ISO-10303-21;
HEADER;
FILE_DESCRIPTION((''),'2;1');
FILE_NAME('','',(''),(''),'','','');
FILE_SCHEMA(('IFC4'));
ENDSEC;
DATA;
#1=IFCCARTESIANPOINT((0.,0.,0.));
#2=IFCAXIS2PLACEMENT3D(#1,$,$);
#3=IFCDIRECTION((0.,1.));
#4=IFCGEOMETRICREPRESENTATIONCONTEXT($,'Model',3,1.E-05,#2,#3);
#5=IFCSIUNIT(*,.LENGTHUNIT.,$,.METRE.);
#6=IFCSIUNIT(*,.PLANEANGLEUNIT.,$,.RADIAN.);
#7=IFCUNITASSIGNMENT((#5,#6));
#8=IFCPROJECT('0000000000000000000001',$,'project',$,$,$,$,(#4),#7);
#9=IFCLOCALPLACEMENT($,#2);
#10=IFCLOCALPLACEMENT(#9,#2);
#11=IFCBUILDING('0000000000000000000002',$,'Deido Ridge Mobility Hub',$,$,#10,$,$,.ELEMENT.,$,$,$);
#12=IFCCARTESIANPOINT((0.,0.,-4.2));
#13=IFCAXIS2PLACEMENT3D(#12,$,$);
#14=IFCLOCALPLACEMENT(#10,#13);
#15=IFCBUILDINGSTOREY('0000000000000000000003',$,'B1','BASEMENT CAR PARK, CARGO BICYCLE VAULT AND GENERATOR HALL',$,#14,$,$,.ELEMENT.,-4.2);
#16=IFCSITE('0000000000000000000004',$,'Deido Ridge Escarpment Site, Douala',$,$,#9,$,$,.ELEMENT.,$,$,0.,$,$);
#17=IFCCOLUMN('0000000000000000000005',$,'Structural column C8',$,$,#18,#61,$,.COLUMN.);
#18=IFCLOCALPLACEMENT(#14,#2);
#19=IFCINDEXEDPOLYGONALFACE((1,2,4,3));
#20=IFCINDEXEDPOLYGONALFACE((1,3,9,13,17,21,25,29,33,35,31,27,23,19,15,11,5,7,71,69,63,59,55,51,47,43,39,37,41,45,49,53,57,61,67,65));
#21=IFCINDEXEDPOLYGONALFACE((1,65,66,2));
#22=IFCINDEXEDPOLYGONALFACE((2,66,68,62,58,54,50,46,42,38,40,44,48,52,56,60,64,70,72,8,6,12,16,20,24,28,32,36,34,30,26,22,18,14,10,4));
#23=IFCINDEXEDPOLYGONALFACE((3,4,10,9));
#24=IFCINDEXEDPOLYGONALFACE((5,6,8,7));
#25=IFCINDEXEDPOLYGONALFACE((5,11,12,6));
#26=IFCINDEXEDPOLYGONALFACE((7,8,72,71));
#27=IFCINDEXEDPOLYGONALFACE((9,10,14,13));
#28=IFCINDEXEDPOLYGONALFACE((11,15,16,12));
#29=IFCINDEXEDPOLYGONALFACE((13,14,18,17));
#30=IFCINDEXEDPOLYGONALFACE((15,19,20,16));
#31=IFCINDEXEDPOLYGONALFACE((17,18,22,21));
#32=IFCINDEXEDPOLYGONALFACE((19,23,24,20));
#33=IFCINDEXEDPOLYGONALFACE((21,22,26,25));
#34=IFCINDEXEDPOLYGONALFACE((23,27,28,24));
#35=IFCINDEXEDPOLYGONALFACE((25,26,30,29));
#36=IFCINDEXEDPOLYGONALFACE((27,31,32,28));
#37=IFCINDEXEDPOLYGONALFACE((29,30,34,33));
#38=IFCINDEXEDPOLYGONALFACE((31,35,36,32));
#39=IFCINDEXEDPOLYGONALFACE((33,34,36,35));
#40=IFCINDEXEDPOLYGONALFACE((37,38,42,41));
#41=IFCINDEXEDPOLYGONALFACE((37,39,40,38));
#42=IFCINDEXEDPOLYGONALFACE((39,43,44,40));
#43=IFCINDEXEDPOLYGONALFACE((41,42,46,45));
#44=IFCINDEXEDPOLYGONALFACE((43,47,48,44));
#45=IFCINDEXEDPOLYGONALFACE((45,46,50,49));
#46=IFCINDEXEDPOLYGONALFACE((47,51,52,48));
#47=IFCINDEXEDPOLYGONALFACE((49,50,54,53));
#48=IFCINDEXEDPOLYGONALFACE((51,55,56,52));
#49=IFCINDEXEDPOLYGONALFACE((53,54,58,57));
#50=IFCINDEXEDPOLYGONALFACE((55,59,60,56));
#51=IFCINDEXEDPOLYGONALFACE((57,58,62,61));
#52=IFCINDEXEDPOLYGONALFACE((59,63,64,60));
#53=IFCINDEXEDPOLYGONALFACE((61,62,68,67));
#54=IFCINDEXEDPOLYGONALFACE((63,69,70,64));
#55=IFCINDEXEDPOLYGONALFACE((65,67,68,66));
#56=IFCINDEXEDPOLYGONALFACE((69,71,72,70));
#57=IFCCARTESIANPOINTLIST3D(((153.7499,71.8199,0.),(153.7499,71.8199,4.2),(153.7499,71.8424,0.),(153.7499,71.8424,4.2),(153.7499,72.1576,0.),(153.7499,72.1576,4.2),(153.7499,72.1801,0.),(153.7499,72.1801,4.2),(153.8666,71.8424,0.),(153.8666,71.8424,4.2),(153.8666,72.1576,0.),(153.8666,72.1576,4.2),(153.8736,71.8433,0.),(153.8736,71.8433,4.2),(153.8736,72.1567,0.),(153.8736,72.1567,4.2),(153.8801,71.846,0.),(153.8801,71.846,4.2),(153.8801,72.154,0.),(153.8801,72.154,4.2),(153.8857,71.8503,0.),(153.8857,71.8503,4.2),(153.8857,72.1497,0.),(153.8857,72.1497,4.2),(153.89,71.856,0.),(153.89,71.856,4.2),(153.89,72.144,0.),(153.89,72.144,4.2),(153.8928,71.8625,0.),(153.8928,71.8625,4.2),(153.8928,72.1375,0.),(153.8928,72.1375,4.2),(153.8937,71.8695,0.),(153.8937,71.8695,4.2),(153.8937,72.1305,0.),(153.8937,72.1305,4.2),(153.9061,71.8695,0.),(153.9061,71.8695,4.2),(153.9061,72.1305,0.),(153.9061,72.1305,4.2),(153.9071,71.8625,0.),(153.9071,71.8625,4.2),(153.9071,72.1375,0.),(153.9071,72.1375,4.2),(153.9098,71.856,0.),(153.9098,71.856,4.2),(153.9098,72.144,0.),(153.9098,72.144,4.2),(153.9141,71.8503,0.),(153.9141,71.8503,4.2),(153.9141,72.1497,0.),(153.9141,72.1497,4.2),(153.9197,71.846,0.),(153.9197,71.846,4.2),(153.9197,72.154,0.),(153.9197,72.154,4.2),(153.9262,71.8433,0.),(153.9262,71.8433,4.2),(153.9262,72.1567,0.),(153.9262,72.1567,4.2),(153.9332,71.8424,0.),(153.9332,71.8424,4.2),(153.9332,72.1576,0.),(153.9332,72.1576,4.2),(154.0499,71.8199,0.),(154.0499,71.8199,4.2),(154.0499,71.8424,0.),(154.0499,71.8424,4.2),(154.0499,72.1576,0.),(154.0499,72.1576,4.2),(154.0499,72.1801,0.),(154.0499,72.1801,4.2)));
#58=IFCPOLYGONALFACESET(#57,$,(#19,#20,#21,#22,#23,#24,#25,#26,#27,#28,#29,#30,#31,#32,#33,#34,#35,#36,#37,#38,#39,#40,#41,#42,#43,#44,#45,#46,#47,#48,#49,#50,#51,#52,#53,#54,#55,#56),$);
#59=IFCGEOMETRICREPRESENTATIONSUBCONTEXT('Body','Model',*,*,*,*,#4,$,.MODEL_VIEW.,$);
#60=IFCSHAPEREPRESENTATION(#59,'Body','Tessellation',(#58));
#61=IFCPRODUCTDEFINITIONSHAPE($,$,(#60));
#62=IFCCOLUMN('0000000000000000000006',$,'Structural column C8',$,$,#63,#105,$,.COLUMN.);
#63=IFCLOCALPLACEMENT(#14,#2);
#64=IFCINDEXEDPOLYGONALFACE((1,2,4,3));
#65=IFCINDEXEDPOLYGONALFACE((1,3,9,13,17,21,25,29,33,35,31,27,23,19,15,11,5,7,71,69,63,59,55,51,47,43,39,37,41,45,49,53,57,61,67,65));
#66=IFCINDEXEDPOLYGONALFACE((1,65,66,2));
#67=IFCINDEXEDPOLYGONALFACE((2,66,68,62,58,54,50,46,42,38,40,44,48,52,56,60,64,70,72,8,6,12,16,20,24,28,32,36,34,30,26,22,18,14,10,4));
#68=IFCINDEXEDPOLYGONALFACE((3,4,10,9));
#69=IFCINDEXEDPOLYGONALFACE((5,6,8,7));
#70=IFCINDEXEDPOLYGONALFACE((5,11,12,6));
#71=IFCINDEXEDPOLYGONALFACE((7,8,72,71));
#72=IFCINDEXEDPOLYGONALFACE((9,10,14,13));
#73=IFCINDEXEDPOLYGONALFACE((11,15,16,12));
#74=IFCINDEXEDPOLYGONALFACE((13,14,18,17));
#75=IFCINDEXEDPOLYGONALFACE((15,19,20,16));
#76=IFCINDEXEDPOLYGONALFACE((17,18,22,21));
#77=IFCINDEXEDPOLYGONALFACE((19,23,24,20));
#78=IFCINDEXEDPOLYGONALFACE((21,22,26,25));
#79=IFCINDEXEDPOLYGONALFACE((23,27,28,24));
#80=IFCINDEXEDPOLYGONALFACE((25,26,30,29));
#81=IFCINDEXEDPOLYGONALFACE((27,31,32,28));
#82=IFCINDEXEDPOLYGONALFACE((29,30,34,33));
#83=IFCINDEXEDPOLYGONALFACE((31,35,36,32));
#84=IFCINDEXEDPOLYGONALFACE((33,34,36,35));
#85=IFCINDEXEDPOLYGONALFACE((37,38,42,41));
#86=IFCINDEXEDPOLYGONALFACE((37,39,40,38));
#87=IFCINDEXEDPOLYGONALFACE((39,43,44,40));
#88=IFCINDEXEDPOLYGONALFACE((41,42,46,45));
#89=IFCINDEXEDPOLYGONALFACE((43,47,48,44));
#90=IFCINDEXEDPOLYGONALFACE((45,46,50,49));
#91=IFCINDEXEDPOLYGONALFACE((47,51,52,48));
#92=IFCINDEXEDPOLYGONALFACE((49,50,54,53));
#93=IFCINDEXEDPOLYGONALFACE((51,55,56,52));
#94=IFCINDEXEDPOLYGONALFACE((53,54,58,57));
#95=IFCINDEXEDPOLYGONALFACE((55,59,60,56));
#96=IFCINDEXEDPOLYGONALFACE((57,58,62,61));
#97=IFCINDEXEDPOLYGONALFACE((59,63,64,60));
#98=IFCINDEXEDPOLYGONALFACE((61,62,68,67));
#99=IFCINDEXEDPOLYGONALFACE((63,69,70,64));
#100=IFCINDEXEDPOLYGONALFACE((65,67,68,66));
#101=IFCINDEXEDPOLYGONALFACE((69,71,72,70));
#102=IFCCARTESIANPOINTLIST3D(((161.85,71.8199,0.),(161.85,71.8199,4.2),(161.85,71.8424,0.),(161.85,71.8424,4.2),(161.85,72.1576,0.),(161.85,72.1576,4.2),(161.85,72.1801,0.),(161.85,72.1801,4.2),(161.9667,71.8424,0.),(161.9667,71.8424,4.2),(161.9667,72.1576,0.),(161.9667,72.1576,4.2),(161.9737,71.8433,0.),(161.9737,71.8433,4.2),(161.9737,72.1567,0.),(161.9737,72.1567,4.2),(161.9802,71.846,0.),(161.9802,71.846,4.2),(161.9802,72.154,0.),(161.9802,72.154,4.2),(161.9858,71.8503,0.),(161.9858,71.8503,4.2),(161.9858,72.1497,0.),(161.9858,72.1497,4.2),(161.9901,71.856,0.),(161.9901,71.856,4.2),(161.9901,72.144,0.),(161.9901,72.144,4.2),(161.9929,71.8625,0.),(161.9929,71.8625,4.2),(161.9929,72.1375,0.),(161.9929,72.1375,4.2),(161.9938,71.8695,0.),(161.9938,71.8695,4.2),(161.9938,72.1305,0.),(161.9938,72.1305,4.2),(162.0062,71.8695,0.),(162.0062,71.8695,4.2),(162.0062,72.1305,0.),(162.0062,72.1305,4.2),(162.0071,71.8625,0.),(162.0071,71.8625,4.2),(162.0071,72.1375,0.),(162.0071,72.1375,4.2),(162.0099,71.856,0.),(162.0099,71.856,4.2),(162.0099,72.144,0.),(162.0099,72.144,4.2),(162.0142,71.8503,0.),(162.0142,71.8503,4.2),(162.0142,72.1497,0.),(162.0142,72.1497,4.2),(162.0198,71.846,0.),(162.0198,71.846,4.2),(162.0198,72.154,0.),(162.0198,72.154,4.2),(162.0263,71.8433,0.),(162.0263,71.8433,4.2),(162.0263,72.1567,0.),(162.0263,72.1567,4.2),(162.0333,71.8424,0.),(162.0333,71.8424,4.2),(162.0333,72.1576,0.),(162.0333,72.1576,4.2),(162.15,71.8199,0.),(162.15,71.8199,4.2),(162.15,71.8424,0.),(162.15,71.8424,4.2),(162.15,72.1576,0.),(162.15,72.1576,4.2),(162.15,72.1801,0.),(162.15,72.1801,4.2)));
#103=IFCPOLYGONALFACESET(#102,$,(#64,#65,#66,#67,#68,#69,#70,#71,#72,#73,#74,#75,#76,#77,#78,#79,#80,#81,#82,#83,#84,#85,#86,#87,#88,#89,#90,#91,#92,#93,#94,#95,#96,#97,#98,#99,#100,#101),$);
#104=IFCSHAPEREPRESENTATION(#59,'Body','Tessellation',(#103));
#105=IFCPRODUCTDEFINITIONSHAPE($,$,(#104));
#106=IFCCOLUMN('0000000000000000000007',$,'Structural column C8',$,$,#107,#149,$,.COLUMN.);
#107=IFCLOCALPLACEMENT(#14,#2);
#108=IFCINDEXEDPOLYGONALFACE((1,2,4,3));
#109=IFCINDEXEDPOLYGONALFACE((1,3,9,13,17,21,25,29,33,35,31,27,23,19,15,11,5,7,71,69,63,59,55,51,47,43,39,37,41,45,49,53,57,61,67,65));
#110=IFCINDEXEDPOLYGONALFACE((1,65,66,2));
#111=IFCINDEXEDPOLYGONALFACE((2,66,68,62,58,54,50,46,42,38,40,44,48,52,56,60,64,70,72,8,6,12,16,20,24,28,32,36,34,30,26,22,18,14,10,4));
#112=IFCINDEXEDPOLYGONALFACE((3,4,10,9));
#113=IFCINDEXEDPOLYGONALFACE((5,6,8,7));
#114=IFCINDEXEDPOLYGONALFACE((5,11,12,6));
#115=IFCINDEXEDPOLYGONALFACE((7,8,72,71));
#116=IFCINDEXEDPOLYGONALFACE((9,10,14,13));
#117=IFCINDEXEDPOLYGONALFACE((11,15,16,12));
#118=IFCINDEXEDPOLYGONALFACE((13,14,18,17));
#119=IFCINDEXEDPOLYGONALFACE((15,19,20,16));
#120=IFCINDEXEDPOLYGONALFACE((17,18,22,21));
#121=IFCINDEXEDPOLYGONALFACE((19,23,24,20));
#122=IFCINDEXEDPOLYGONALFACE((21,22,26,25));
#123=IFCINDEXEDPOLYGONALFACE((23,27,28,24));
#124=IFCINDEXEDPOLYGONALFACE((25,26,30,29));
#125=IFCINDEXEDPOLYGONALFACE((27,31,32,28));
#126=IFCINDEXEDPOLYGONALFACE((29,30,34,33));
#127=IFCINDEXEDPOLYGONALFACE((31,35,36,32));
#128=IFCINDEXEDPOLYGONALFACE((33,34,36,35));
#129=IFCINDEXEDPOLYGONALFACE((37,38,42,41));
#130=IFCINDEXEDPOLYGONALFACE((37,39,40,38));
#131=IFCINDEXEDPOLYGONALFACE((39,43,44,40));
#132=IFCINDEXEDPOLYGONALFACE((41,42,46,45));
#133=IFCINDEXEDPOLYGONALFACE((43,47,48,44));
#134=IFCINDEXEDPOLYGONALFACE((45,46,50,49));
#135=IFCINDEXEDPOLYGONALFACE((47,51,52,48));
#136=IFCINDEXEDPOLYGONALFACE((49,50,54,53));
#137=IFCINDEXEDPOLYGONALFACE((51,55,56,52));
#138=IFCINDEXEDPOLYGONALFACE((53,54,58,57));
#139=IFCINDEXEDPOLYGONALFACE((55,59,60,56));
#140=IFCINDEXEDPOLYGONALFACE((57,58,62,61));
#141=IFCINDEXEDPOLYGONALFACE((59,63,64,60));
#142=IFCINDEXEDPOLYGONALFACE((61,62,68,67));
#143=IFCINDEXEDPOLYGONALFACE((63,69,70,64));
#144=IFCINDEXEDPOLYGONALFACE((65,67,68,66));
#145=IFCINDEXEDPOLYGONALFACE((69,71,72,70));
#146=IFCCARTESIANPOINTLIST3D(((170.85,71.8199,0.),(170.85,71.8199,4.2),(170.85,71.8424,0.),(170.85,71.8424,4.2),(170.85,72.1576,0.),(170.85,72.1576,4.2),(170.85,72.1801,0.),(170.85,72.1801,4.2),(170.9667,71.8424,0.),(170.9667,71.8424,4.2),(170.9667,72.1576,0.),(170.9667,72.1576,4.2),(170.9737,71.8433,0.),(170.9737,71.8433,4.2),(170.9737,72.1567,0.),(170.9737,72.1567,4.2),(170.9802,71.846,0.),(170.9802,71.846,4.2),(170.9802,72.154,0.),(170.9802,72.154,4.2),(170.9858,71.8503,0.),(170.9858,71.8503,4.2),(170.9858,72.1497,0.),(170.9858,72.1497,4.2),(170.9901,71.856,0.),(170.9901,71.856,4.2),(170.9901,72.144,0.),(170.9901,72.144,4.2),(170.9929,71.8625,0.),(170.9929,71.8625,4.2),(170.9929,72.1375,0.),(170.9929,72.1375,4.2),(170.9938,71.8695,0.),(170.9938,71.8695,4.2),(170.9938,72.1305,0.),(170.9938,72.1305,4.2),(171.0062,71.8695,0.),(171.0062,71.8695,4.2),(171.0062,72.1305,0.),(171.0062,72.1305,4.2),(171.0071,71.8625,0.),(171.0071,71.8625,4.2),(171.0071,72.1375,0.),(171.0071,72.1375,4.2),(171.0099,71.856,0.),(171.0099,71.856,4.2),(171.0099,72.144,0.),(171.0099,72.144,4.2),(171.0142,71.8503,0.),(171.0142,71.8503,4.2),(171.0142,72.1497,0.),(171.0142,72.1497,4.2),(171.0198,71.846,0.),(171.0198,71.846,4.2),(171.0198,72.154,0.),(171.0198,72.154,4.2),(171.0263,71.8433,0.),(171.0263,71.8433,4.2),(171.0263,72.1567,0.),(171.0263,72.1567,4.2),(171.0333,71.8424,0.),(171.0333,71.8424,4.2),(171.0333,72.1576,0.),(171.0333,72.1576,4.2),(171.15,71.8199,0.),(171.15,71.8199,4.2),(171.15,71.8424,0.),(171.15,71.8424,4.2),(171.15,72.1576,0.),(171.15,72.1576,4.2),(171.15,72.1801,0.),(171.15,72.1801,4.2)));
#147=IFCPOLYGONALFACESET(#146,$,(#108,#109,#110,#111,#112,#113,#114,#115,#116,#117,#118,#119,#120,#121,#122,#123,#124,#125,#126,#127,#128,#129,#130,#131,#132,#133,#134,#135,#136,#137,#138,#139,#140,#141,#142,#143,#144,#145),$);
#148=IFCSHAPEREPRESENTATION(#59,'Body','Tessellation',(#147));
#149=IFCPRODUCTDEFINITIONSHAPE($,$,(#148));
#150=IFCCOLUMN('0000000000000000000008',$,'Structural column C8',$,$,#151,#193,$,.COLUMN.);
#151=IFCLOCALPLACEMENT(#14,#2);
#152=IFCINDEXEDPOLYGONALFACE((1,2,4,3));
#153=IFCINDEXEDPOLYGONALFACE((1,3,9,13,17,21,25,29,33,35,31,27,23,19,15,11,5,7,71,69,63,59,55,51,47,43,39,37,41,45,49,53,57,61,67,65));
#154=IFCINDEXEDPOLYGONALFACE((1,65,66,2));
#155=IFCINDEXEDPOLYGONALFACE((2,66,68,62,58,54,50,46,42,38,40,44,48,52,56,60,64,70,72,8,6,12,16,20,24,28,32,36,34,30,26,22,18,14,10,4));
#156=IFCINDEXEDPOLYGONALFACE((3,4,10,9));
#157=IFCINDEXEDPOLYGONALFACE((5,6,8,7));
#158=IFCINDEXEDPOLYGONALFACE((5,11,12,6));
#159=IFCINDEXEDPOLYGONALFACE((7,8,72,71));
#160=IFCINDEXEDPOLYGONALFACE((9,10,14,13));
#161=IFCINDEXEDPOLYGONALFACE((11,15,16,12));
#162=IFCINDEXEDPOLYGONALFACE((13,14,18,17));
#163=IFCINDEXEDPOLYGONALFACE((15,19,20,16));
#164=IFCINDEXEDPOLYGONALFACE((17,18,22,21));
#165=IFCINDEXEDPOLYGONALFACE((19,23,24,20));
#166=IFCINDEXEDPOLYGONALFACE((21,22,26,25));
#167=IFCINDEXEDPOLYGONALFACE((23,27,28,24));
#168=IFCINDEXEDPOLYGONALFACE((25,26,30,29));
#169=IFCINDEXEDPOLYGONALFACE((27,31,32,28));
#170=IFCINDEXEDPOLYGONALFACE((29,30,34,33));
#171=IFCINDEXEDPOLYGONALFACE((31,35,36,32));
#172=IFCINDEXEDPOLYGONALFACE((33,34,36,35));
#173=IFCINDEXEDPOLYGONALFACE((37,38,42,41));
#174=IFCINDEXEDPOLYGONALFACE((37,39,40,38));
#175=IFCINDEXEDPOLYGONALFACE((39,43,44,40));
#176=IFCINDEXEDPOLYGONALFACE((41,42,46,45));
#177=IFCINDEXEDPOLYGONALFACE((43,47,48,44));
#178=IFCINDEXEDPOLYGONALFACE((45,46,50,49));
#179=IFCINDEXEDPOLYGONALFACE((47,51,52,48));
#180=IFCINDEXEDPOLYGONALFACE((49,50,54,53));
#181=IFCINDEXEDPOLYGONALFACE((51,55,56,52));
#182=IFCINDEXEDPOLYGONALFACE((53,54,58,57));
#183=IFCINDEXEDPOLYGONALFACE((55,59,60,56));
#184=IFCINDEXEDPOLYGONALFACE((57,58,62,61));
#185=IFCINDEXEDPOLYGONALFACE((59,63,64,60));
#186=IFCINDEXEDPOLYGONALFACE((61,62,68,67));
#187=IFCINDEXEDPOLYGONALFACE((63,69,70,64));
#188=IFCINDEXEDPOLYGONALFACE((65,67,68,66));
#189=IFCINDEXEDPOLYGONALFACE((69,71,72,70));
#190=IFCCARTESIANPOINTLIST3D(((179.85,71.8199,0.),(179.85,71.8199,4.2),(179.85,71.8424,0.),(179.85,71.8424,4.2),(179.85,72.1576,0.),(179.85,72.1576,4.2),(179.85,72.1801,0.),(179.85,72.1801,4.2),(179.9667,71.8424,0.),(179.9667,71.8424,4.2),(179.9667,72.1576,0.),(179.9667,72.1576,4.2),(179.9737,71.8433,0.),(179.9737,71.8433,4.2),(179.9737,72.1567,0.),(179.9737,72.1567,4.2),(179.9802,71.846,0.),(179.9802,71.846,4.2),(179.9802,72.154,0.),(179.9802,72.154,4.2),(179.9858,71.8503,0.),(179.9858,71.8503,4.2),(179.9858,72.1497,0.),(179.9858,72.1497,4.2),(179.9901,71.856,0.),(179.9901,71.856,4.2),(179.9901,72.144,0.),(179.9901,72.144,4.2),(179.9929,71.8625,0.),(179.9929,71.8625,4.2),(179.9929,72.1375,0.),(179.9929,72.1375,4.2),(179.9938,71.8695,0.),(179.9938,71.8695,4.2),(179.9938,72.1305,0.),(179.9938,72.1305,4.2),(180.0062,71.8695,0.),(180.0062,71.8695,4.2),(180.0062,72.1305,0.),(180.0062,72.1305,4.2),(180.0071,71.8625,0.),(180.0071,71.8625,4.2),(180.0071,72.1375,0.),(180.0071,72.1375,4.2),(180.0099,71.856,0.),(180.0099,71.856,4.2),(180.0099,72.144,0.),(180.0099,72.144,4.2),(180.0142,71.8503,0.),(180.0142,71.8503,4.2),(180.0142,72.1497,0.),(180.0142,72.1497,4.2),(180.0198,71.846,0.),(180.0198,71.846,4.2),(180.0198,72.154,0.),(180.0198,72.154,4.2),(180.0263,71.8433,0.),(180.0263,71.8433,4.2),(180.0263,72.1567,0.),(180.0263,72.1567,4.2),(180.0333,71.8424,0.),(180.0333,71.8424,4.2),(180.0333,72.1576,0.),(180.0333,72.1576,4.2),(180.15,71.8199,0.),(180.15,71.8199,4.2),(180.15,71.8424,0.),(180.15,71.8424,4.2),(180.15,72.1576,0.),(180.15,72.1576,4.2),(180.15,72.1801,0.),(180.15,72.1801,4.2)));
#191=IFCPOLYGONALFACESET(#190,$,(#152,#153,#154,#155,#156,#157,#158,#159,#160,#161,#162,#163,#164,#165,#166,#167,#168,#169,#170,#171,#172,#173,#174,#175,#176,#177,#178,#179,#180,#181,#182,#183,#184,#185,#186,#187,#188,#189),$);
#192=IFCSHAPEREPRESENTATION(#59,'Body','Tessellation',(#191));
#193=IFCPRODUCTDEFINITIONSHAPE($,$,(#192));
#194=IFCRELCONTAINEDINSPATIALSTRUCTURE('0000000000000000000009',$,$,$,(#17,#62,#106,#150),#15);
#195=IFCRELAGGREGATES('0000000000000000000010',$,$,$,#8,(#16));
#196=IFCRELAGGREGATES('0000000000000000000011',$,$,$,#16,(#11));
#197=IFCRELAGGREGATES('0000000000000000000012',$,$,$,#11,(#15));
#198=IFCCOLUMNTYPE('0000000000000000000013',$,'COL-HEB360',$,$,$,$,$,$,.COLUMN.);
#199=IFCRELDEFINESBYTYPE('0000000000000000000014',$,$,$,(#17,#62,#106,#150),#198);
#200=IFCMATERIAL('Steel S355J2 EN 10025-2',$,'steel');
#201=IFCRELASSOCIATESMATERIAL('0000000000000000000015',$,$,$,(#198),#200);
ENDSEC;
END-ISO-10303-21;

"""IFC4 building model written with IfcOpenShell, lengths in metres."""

from ifc_helpers import new_model, si_unit, direction, frame, origin, origin_2d, place, context, subcontext, project, spatial, i_section, extrude, material, material_profile, profile_set, type_object, element, save


model = new_model("IFC4")

# Units and contexts
model_context = context("Model", 3, precision=1e-05, world=origin(), true_north=direction((0.0, 1.0)))
body_context = subcontext(model_context, "Body", "Model", "MODEL_VIEW")
ifc_project = project(units=[si_unit("LENGTHUNIT", "METRE"), si_unit("PLANEANGLEUNIT", "RADIAN")], contexts=[model_context])

# Site, building, storey
site_placement = place(None, origin())
site = spatial("IfcSite", under=ifc_project, at=site_placement, Name="Deido Ridge Escarpment Site, Douala", CompositionType="ELEMENT", RefElevation=0.0)
building_placement = place(site_placement, origin())
building = spatial("IfcBuilding", under=site, at=building_placement, Name="Deido Ridge Mobility Hub", CompositionType="ELEMENT")
storey_placement = place(building_placement, frame((0.0, 0.0, -4.2)))
storey = spatial("IfcBuildingStorey", under=building, at=storey_placement, Name="B1", Description="BASEMENT CAR PARK, CARGO BICYCLE VAULT AND GENERATOR HALL", CompositionType="ELEMENT", Elevation=-4.2)

# Columns
ifc_material_1 = material(Name="Steel S355J2 EN 10025-2", Category="steel")
ifc_material_profile_1 = material_profile(ifc_material_1, i_section(OverallWidth=0.3, OverallDepth=0.3601, WebThickness=0.0125, FlangeThickness=0.0225, FilletRadius=0.0271, at=origin_2d()), Name="HEB 360")
ifc_profile_set_1 = profile_set([ifc_material_profile_1], Name="Steel S355J2 EN 10025-2")
column_type = type_object("IfcColumnType", Name="COL-HEB360", PredefinedType="COLUMN", material=ifc_profile_set_1)
for number, where, z_axis, x_axis, name in (
    (1, (153.8999, 72.0, 0.0), (0.0, 0.0, 1.0), (1.0, 0.0, 0.0), "Structural column C8"),
    (2, (162.0, 72.0, 0.0), (0.0, 0.0, 1.0), (1.0, 0.0, 0.0), "Structural column C8"),
    (3, (171.0, 72.0, 0.0), (0.0, 0.0, 1.0), (1.0, 0.0, 0.0), "Structural column C8"),
    (4, (180.0, 72.0, 0.0), (0.0, 0.0, 1.0), (1.0, 0.0, 0.0), "Structural column C8"),
):
    element("IfcColumn", number, at=place(storey_placement, frame(where, z_axis=z_axis, x_axis=x_axis)), inside=storey, type_object=column_type, Name=name, PredefinedType="COLUMN", context=body_context, shape_type="SweptSolid", body=[
        extrude(i_section(OverallWidth=0.3, OverallDepth=0.3601, WebThickness=0.0125, FlangeThickness=0.0225, FilletRadius=0.0271, at=origin_2d()), origin(), (0.0, 0.0, 1.0), 4.2),
    ])

save(model, "model.ifc")
